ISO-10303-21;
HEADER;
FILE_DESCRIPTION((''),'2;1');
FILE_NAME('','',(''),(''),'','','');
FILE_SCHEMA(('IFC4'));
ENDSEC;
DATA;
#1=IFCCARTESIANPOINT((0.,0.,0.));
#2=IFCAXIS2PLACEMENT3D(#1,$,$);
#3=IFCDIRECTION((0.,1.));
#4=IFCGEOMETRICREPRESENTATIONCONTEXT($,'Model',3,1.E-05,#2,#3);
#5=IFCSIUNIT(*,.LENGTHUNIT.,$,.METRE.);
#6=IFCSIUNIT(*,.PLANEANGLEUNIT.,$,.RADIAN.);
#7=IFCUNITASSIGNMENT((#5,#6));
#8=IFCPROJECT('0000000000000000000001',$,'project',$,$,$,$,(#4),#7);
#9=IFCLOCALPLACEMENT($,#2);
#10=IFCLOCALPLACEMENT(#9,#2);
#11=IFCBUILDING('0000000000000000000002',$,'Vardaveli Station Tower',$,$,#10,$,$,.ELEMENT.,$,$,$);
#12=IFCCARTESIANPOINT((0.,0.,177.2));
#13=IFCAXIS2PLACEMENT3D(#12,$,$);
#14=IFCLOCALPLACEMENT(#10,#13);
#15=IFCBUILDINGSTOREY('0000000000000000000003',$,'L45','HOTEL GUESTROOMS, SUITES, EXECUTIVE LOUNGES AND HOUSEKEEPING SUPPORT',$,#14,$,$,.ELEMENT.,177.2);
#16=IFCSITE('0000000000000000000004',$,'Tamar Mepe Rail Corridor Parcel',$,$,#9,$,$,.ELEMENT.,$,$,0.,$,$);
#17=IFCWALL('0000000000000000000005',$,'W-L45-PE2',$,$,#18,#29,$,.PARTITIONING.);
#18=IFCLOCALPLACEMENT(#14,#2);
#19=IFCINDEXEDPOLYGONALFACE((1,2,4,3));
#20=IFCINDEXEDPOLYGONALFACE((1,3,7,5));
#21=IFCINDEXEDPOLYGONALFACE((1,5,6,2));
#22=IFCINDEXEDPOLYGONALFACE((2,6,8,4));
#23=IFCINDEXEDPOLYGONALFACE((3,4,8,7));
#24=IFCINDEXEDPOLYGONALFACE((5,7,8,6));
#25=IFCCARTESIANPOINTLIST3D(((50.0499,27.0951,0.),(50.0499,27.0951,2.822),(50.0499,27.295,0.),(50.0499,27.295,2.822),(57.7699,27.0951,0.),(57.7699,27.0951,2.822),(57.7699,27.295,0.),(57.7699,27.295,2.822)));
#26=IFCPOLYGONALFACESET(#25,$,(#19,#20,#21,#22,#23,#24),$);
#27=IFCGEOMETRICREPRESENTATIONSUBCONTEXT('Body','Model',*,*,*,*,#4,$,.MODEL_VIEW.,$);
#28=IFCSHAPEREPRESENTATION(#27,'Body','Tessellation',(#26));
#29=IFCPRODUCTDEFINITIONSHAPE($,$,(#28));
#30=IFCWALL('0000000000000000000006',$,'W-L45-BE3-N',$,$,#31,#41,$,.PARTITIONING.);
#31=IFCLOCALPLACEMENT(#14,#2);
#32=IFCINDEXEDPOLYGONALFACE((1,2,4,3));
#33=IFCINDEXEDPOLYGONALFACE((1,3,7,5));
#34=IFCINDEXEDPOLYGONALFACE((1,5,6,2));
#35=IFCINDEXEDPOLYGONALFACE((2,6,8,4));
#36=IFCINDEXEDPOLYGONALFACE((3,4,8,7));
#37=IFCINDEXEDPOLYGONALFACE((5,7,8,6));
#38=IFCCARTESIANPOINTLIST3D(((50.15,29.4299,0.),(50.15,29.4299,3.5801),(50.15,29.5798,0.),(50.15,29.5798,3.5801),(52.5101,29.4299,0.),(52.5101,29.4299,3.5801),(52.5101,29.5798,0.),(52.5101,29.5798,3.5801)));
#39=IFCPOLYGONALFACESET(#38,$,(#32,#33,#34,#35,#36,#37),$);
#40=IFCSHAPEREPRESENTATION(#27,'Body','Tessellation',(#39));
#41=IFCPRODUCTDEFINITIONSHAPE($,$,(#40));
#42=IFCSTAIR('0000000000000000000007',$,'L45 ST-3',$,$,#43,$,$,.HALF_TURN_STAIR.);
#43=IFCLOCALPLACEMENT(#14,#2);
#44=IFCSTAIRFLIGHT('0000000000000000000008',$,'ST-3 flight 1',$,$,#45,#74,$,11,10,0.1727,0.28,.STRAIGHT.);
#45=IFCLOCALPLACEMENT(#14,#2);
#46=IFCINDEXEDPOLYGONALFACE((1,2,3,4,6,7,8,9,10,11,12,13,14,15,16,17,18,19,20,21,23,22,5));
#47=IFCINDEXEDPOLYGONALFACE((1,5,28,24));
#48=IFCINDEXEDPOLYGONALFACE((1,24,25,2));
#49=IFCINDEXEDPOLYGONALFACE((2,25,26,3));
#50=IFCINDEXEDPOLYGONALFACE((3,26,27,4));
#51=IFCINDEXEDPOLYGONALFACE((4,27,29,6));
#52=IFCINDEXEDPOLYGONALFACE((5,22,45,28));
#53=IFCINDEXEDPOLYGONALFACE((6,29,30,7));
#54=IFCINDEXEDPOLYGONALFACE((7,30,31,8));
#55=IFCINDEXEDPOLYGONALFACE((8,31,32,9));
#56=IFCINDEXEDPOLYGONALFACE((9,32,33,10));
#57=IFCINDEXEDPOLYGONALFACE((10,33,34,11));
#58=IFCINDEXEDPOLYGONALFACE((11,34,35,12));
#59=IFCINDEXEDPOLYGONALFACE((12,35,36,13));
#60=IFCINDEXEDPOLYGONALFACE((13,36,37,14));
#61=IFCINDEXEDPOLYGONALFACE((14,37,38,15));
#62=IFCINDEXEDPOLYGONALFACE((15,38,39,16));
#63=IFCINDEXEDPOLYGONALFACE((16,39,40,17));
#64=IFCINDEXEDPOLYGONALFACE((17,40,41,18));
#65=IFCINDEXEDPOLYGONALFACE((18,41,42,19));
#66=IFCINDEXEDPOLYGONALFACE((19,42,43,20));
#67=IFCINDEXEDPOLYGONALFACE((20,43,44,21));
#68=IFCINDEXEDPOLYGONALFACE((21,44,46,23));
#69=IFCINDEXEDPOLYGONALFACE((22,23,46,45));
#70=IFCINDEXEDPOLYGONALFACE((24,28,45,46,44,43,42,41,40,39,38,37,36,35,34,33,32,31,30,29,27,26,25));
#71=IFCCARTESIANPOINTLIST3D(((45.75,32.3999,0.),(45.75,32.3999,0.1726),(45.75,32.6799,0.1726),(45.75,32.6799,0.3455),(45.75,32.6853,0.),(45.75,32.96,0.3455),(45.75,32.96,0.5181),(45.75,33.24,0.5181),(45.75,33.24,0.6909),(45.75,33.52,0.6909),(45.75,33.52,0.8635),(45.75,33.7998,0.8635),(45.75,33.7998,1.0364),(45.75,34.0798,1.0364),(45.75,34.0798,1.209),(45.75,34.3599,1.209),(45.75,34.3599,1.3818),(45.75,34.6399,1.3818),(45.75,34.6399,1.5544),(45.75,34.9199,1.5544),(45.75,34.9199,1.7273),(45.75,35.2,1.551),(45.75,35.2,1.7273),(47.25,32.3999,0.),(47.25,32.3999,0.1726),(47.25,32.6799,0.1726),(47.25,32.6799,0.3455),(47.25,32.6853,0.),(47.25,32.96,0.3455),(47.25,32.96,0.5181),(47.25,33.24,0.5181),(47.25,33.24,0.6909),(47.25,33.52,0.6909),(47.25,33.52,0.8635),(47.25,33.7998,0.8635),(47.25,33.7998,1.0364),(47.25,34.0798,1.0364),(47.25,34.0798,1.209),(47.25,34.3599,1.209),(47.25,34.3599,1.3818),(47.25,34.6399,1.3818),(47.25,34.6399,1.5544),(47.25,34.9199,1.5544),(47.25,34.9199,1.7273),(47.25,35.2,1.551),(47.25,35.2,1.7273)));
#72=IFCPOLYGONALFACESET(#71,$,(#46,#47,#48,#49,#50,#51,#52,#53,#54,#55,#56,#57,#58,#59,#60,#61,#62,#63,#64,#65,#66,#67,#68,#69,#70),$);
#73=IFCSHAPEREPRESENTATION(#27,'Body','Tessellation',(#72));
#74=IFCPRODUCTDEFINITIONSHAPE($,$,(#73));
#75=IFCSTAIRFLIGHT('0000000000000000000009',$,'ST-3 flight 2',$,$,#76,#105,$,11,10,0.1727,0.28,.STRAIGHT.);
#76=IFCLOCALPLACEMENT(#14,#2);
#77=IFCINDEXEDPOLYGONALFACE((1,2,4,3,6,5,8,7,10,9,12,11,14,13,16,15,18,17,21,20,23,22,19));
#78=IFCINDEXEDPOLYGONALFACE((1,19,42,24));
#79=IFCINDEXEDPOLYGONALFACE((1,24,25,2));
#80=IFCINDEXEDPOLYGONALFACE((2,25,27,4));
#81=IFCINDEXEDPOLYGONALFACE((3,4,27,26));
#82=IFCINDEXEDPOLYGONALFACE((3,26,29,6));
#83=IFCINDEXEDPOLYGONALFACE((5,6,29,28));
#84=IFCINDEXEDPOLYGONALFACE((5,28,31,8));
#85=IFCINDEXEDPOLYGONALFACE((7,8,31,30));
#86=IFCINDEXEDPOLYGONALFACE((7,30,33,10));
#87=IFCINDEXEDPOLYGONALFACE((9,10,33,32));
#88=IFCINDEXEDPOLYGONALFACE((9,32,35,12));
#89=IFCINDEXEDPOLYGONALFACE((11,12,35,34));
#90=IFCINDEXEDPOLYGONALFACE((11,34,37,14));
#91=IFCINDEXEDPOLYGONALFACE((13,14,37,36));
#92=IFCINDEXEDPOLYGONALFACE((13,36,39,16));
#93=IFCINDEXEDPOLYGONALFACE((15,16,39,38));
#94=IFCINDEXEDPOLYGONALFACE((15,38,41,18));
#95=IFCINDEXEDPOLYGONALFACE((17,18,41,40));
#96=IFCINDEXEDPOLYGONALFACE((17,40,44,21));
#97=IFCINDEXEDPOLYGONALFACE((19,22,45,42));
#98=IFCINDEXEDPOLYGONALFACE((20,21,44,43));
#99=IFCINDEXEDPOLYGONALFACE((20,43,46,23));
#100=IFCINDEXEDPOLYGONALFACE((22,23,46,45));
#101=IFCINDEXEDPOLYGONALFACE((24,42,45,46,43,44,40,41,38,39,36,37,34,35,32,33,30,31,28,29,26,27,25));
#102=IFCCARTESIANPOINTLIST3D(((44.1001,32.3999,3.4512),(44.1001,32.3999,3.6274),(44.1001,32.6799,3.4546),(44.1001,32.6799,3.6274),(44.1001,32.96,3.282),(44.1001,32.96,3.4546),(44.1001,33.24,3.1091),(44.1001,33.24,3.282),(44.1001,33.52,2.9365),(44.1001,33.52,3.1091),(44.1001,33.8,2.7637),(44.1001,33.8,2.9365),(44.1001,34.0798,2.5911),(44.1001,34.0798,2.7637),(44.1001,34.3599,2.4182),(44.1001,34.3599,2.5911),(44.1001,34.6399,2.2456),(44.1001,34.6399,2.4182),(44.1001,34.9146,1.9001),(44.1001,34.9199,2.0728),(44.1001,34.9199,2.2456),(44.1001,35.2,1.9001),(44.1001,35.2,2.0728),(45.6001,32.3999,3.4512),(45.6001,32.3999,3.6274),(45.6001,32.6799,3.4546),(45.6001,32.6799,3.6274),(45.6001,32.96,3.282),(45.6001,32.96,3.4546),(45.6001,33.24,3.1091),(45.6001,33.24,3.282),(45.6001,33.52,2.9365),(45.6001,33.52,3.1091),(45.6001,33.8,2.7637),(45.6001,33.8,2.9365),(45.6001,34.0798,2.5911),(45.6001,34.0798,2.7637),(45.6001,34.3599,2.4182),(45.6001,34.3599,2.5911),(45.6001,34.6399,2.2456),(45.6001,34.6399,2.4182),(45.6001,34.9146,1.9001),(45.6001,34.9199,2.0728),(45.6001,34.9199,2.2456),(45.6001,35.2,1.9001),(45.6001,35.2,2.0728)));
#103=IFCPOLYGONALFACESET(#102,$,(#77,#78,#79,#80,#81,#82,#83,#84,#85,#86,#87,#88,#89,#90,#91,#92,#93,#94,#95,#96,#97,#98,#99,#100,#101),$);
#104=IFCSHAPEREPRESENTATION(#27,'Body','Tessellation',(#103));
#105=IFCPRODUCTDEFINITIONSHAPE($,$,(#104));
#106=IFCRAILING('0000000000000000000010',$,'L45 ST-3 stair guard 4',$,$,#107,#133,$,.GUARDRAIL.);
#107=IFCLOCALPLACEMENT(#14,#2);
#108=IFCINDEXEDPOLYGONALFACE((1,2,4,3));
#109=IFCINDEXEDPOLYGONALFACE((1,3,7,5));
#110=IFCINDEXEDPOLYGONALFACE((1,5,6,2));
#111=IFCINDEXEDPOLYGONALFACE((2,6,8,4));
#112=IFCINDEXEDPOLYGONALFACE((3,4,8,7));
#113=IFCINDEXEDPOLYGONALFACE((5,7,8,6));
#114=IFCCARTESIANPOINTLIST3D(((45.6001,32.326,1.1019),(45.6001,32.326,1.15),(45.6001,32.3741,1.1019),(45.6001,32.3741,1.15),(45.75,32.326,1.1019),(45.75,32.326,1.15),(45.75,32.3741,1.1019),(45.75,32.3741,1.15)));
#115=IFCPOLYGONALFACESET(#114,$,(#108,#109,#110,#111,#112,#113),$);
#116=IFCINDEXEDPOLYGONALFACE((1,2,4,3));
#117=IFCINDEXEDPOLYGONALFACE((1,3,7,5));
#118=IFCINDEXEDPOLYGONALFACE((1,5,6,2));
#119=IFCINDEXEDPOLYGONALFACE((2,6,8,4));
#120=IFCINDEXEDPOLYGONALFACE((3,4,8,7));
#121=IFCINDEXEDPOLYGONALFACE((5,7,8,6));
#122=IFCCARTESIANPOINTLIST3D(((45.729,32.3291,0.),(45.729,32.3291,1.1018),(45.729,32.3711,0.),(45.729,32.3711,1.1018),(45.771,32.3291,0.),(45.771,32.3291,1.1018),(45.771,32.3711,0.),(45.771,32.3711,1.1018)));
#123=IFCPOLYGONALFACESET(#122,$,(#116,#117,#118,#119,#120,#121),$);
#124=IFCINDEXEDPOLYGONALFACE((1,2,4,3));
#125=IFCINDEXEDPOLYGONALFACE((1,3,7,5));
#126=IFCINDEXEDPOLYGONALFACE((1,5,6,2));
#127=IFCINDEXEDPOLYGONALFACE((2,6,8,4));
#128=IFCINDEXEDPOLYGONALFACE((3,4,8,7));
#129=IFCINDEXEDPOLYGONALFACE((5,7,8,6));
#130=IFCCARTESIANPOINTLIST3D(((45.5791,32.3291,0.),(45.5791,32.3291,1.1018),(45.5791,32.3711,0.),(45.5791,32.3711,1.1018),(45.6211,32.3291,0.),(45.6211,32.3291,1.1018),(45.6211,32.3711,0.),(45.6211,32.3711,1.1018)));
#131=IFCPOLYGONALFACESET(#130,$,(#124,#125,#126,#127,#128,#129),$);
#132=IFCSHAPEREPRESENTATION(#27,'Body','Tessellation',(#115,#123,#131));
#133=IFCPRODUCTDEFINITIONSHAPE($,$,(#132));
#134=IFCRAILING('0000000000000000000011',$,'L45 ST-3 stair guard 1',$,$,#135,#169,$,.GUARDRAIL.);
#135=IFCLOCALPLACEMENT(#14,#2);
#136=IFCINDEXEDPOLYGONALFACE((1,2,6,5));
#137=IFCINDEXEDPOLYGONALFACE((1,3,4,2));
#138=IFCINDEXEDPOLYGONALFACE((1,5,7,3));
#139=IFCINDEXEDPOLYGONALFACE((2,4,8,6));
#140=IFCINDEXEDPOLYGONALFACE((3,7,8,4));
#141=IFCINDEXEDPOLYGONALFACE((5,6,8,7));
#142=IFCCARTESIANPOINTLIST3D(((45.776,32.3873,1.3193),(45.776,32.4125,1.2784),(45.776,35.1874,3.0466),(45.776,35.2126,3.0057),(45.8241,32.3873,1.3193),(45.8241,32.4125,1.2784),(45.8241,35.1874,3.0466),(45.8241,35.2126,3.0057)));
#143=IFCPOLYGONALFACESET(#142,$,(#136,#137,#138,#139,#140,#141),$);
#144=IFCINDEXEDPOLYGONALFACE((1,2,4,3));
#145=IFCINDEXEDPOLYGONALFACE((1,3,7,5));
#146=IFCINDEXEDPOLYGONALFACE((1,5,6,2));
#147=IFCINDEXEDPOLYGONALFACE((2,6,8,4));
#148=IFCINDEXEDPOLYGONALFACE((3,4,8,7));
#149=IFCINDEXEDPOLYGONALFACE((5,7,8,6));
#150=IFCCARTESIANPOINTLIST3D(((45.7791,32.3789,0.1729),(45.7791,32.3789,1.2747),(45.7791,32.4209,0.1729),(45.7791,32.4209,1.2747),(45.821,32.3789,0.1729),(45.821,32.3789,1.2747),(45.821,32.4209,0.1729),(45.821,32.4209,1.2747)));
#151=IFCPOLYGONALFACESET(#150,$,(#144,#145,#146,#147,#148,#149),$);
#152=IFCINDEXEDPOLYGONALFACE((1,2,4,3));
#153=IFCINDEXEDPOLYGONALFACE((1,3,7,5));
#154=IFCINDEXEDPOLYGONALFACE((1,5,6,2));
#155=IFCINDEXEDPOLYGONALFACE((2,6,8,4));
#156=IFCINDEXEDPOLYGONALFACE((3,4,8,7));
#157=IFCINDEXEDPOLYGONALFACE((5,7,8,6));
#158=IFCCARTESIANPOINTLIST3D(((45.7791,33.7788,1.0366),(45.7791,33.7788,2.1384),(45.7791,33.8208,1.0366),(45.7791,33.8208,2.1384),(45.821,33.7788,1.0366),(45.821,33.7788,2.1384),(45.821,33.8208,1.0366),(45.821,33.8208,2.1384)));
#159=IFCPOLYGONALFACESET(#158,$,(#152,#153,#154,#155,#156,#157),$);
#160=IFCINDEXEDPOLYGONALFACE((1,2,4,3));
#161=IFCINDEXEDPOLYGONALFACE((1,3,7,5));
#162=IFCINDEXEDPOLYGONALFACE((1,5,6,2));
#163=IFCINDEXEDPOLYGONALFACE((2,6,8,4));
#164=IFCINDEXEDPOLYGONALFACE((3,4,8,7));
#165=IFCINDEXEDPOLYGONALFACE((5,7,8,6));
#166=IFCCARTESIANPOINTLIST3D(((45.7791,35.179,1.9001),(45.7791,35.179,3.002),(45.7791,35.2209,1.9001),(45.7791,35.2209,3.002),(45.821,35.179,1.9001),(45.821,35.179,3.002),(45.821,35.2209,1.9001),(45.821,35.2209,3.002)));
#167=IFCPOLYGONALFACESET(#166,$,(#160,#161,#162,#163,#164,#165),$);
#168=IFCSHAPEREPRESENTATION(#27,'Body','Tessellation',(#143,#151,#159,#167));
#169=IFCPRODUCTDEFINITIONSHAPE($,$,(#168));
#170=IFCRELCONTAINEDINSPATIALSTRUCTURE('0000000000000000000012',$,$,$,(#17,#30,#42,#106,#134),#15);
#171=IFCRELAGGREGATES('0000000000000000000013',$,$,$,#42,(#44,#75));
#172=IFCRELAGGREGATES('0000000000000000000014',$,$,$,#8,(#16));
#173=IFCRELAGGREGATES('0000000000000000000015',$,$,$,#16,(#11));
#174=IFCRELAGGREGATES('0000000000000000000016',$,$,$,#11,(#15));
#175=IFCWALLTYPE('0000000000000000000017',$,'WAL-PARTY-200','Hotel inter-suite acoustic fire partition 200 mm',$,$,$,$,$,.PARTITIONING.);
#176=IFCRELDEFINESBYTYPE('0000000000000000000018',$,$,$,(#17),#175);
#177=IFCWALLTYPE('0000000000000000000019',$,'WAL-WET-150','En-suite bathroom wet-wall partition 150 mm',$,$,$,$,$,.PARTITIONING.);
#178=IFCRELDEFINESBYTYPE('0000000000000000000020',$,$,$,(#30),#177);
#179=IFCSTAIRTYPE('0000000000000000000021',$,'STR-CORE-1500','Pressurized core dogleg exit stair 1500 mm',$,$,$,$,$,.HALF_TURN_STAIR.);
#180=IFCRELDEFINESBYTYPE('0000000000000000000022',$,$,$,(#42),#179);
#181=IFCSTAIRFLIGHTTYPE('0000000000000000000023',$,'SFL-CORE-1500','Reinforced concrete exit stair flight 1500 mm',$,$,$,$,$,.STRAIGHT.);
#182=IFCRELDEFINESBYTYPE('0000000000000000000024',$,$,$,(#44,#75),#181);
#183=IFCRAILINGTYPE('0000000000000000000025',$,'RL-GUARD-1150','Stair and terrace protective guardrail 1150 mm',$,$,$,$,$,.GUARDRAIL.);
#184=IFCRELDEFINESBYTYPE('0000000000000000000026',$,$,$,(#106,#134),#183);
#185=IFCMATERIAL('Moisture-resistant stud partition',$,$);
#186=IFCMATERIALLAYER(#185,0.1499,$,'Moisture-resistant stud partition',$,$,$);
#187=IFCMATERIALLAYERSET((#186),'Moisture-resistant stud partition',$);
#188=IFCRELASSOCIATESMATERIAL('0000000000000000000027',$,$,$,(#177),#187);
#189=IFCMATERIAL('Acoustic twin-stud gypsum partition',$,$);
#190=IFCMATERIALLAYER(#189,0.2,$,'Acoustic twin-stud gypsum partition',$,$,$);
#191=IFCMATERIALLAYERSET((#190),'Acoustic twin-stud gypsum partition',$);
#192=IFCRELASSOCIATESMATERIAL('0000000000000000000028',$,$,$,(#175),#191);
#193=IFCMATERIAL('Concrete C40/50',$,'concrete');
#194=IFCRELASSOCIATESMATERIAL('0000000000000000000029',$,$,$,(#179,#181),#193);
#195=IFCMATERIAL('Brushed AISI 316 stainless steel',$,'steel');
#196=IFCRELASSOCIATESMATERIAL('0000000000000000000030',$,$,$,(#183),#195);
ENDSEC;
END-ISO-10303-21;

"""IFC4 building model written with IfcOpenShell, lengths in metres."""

from ifc_helpers import new_model, si_unit, direction, frame, frame_2d, origin, origin_2d, place, context, subcontext, project, spatial, polyline, rectangle, outline, extrude, source, transform, mapped, material, layer, layer_set, type_object, element, aggregate, save


model = new_model("IFC4")

# Units and contexts
model_context = context("Model", 3, precision=1e-05, world=origin(), true_north=direction((0.0, 1.0)))
body_context = subcontext(model_context, "Body", "Model", "MODEL_VIEW")
ifc_project = project(units=[si_unit("LENGTHUNIT", "METRE"), si_unit("PLANEANGLEUNIT", "RADIAN")], contexts=[model_context])

# Site, building, storey
site_placement = place(None, origin())
site = spatial("IfcSite", under=ifc_project, at=site_placement, Name="Tamar Mepe Rail Corridor Parcel", CompositionType="ELEMENT", RefElevation=0.0)
building_placement = place(site_placement, origin())
building = spatial("IfcBuilding", under=site, at=building_placement, Name="Vardaveli Station Tower", CompositionType="ELEMENT")
storey_placement = place(building_placement, frame((0.0, 0.0, 177.2)))
storey = spatial("IfcBuildingStorey", under=building, at=storey_placement, Name="L45", Description="HOTEL GUESTROOMS, SUITES, EXECUTIVE LOUNGES AND HOUSEKEEPING SUPPORT", CompositionType="ELEMENT", Elevation=177.2)

# Shared definitions
ifc_material_1 = material(Name="Concrete C40/50", Category="concrete")

# Shared definitions
ifc_material_2 = material(Name="Moisture-resistant stud partition")
ifc_layer_1 = layer(ifc_material_2, 0.1499, Name="Moisture-resistant stud partition")
ifc_layer_set_1 = layer_set([ifc_layer_1], Name="Moisture-resistant stud partition")
wall_type_1 = type_object("IfcWallType", Name="WAL-WET-150", Description="En-suite bathroom wet-wall partition 150 mm", PredefinedType="PARTITIONING", material=ifc_layer_set_1)

# Walls
ifc_material_3 = material(Name="Acoustic twin-stud gypsum partition")
ifc_layer_2 = layer(ifc_material_3, 0.2, Name="Acoustic twin-stud gypsum partition")
ifc_layer_set_2 = layer_set([ifc_layer_2], Name="Acoustic twin-stud gypsum partition")
wall_type_2 = type_object("IfcWallType", Name="WAL-PARTY-200", Description="Hotel inter-suite acoustic fire partition 200 mm", PredefinedType="PARTITIONING", material=ifc_layer_set_2)
shared_shape_1 = source(origin(), body_context, "Body", "SweptSolid", [
    extrude(rectangle(XDim=7.72, YDim=0.2, at=frame_2d((3.8599, 0.0))), origin(), (0.0, 0.0, 1.0), 2.822),
])
wall_1_placement = place(storey_placement, frame((50.05, 27.1951, 0.0), z_axis=(0.0, 0.0, 1.0), x_axis=(1.0, 0.0, 0.0)))
element("IfcWall", 1, at=wall_1_placement, inside=storey, type_object=wall_type_2, Name="W-L45-PE2", PredefinedType="PARTITIONING", context=body_context, shape_type="MappedRepresentation", body=[
    mapped(shared_shape_1, transform((0.0, 0.0, 0.0), scale=1.0)),
])
shared_shape_2 = source(origin(), body_context, "Body", "SweptSolid", [
    extrude(rectangle(XDim=2.3601, YDim=0.1499, at=frame_2d((1.1802, 0.0))), origin(), (0.0, 0.0, 1.0), 3.5801),
])
wall_2_placement = place(storey_placement, frame((50.1499, 29.5049, 0.0), z_axis=(0.0, 0.0, 1.0), x_axis=(1.0, 0.0, 0.0)))
element("IfcWall", 2, at=wall_2_placement, inside=storey, type_object=wall_type_1, Name="W-L45-BE3-N", PredefinedType="PARTITIONING", context=body_context, shape_type="MappedRepresentation", body=[
    mapped(shared_shape_2, transform((0.0, 0.0, 0.0), scale=1.0)),
])

# Stair, stair flights
stair_type = type_object("IfcStairType", Name="STR-CORE-1500", Description="Pressurized core dogleg exit stair 1500 mm", PredefinedType="HALF_TURN_STAIR", material=ifc_material_1)
stair_placement = place(storey_placement, origin())
stair = element("IfcStair", 3, at=stair_placement, inside=storey, type_object=stair_type, Name="L45 ST-3", PredefinedType="HALF_TURN_STAIR")
stair_flight_type = type_object("IfcStairFlightType", Name="SFL-CORE-1500", Description="Reinforced concrete exit stair flight 1500 mm", PredefinedType="STRAIGHT", material=ifc_material_1)
shared_shape_3 = source(origin(), body_context, "Body", "SweptSolid", [
    extrude(outline(polyline([(0.0, 0.0), (0.0, 0.1726), (0.28, 0.1726), (0.28, 0.3455), (0.5601, 0.3455), (0.5601, 0.5181), (0.8401, 0.5181), (0.8401, 0.6909), (1.1201, 0.6909), (1.1201, 0.8635), (1.3999, 0.8635), (1.3999, 1.0364), (1.6799, 1.0364), (1.6799, 1.209), (1.96, 1.209), (1.96, 1.3818), (2.24, 1.3818), (2.24, 1.5544), (2.52, 1.5544), (2.52, 1.7273), (2.8, 1.7273), (2.8, 1.8999), (2.8, 1.551), (0.2854, 0.0), (0.0, 0.0)])), frame((0.0, 0.75, 0.0), z_axis=(0.0, -1.0, 0.0), x_axis=(1.0, 0.0, 0.0)), (0.0, 0.0, 1.0), 1.5),
])
stair_flight_1_placement = place(storey_placement, frame((46.5, 32.3999, 0.0), z_axis=(0.0, 0.0, 1.0), x_axis=(0.0, 1.0, 0.0)))
stair_flight_1 = element("IfcStairFlight", 4, at=stair_flight_1_placement, type_object=stair_flight_type, Name="ST-3 flight 1", NumberOfRisers=11, NumberOfTreads=10, PredefinedType="STRAIGHT", RiserHeight=0.1727, TreadLength=0.28, context=body_context, shape_type="MappedRepresentation", body=[
    mapped(shared_shape_3, transform((0.0, 0.0, 0.0), scale=1.0)),
])
stair_flight_2_placement = place(storey_placement, frame((44.8501, 35.2, 1.9001), z_axis=(0.0, 0.0, 1.0), x_axis=(0.0, -1.0, 0.0)))
stair_flight_2 = element("IfcStairFlight", 5, at=stair_flight_2_placement, type_object=stair_flight_type, Name="ST-3 flight 2", NumberOfRisers=11, NumberOfTreads=10, PredefinedType="STRAIGHT", RiserHeight=0.1727, TreadLength=0.28, context=body_context, shape_type="MappedRepresentation", body=[
    mapped(shared_shape_3, transform((0.0, 0.0, 0.0), scale=1.0)),
])
aggregate(stair, [stair_flight_1, stair_flight_2])

# Railings
ifc_material_4 = material(Name="Brushed AISI 316 stainless steel", Category="steel")
railing_type_1 = type_object("IfcRailingType", Name="RL-GUARD-1150", Description="Stair and terrace protective guardrail 1150 mm", PredefinedType="GUARDRAIL", material=ifc_material_4)
shared_shape_4 = source(origin(), body_context, "Body", "SweptSolid", [
    extrude(rectangle(XDim=0.0481, YDim=0.0481, at=origin_2d()), frame((0.0, 0.0, 1.126), z_axis=(-1.0, 0.0, 0.0), x_axis=(0.0, -1.0, 0.0)), (0.0, 0.0, 1.0), 0.1499),
    extrude(rectangle(XDim=0.042, YDim=0.042, at=origin_2d()), origin(), (0.0, 0.0, 1.0), 1.1018),
    extrude(rectangle(XDim=0.042, YDim=0.042, at=origin_2d()), frame((-0.1499, 0.0, 0.0)), (0.0, 0.0, 1.0), 1.1018),
])
railing_1_placement = place(storey_placement, frame((45.75, 32.3501, 0.0)))
element("IfcRailing", 6, at=railing_1_placement, inside=storey, type_object=railing_type_1, Name="L45 ST-3 stair guard 4", PredefinedType="GUARDRAIL", context=body_context, shape_type="MappedRepresentation", body=[
    mapped(shared_shape_4, transform((0.0, 0.0, 0.0), scale=1.0)),
])
shared_shape_5 = source(origin(), body_context, "Body", "SweptSolid", [
    extrude(rectangle(XDim=0.0481, YDim=0.0481, at=origin_2d()), frame((0.0, 0.0, 1.126), z_axis=(0.0, 0.85109, 0.52502), x_axis=(-1.0, 0.0, 0.0)), (0.0, 0.0, 1.0), 3.29),
    extrude(rectangle(XDim=0.042, YDim=0.042, at=origin_2d()), origin(), (0.0, 0.0, 1.0), 1.1018),
    extrude(rectangle(XDim=0.042, YDim=0.042, at=origin_2d()), frame((0.0, 1.3999, 0.8638)), (0.0, 0.0, 1.0), 1.1018),
    extrude(rectangle(XDim=0.042, YDim=0.042, at=origin_2d()), frame((0.0, 2.8, 1.7273)), (0.0, 0.0, 1.0), 1.1018),
])
railing_2_placement = place(storey_placement, frame((45.8, 32.3999, 0.1729)))
element("IfcRailing", 7, at=railing_2_placement, inside=storey, type_object=railing_type_1, Name="L45 ST-3 stair guard 1", PredefinedType="GUARDRAIL", context=body_context, shape_type="MappedRepresentation", body=[
    mapped(shared_shape_5, transform((0.0, 0.0, 0.0), scale=1.0)),
])

save(model, "model.ifc")
